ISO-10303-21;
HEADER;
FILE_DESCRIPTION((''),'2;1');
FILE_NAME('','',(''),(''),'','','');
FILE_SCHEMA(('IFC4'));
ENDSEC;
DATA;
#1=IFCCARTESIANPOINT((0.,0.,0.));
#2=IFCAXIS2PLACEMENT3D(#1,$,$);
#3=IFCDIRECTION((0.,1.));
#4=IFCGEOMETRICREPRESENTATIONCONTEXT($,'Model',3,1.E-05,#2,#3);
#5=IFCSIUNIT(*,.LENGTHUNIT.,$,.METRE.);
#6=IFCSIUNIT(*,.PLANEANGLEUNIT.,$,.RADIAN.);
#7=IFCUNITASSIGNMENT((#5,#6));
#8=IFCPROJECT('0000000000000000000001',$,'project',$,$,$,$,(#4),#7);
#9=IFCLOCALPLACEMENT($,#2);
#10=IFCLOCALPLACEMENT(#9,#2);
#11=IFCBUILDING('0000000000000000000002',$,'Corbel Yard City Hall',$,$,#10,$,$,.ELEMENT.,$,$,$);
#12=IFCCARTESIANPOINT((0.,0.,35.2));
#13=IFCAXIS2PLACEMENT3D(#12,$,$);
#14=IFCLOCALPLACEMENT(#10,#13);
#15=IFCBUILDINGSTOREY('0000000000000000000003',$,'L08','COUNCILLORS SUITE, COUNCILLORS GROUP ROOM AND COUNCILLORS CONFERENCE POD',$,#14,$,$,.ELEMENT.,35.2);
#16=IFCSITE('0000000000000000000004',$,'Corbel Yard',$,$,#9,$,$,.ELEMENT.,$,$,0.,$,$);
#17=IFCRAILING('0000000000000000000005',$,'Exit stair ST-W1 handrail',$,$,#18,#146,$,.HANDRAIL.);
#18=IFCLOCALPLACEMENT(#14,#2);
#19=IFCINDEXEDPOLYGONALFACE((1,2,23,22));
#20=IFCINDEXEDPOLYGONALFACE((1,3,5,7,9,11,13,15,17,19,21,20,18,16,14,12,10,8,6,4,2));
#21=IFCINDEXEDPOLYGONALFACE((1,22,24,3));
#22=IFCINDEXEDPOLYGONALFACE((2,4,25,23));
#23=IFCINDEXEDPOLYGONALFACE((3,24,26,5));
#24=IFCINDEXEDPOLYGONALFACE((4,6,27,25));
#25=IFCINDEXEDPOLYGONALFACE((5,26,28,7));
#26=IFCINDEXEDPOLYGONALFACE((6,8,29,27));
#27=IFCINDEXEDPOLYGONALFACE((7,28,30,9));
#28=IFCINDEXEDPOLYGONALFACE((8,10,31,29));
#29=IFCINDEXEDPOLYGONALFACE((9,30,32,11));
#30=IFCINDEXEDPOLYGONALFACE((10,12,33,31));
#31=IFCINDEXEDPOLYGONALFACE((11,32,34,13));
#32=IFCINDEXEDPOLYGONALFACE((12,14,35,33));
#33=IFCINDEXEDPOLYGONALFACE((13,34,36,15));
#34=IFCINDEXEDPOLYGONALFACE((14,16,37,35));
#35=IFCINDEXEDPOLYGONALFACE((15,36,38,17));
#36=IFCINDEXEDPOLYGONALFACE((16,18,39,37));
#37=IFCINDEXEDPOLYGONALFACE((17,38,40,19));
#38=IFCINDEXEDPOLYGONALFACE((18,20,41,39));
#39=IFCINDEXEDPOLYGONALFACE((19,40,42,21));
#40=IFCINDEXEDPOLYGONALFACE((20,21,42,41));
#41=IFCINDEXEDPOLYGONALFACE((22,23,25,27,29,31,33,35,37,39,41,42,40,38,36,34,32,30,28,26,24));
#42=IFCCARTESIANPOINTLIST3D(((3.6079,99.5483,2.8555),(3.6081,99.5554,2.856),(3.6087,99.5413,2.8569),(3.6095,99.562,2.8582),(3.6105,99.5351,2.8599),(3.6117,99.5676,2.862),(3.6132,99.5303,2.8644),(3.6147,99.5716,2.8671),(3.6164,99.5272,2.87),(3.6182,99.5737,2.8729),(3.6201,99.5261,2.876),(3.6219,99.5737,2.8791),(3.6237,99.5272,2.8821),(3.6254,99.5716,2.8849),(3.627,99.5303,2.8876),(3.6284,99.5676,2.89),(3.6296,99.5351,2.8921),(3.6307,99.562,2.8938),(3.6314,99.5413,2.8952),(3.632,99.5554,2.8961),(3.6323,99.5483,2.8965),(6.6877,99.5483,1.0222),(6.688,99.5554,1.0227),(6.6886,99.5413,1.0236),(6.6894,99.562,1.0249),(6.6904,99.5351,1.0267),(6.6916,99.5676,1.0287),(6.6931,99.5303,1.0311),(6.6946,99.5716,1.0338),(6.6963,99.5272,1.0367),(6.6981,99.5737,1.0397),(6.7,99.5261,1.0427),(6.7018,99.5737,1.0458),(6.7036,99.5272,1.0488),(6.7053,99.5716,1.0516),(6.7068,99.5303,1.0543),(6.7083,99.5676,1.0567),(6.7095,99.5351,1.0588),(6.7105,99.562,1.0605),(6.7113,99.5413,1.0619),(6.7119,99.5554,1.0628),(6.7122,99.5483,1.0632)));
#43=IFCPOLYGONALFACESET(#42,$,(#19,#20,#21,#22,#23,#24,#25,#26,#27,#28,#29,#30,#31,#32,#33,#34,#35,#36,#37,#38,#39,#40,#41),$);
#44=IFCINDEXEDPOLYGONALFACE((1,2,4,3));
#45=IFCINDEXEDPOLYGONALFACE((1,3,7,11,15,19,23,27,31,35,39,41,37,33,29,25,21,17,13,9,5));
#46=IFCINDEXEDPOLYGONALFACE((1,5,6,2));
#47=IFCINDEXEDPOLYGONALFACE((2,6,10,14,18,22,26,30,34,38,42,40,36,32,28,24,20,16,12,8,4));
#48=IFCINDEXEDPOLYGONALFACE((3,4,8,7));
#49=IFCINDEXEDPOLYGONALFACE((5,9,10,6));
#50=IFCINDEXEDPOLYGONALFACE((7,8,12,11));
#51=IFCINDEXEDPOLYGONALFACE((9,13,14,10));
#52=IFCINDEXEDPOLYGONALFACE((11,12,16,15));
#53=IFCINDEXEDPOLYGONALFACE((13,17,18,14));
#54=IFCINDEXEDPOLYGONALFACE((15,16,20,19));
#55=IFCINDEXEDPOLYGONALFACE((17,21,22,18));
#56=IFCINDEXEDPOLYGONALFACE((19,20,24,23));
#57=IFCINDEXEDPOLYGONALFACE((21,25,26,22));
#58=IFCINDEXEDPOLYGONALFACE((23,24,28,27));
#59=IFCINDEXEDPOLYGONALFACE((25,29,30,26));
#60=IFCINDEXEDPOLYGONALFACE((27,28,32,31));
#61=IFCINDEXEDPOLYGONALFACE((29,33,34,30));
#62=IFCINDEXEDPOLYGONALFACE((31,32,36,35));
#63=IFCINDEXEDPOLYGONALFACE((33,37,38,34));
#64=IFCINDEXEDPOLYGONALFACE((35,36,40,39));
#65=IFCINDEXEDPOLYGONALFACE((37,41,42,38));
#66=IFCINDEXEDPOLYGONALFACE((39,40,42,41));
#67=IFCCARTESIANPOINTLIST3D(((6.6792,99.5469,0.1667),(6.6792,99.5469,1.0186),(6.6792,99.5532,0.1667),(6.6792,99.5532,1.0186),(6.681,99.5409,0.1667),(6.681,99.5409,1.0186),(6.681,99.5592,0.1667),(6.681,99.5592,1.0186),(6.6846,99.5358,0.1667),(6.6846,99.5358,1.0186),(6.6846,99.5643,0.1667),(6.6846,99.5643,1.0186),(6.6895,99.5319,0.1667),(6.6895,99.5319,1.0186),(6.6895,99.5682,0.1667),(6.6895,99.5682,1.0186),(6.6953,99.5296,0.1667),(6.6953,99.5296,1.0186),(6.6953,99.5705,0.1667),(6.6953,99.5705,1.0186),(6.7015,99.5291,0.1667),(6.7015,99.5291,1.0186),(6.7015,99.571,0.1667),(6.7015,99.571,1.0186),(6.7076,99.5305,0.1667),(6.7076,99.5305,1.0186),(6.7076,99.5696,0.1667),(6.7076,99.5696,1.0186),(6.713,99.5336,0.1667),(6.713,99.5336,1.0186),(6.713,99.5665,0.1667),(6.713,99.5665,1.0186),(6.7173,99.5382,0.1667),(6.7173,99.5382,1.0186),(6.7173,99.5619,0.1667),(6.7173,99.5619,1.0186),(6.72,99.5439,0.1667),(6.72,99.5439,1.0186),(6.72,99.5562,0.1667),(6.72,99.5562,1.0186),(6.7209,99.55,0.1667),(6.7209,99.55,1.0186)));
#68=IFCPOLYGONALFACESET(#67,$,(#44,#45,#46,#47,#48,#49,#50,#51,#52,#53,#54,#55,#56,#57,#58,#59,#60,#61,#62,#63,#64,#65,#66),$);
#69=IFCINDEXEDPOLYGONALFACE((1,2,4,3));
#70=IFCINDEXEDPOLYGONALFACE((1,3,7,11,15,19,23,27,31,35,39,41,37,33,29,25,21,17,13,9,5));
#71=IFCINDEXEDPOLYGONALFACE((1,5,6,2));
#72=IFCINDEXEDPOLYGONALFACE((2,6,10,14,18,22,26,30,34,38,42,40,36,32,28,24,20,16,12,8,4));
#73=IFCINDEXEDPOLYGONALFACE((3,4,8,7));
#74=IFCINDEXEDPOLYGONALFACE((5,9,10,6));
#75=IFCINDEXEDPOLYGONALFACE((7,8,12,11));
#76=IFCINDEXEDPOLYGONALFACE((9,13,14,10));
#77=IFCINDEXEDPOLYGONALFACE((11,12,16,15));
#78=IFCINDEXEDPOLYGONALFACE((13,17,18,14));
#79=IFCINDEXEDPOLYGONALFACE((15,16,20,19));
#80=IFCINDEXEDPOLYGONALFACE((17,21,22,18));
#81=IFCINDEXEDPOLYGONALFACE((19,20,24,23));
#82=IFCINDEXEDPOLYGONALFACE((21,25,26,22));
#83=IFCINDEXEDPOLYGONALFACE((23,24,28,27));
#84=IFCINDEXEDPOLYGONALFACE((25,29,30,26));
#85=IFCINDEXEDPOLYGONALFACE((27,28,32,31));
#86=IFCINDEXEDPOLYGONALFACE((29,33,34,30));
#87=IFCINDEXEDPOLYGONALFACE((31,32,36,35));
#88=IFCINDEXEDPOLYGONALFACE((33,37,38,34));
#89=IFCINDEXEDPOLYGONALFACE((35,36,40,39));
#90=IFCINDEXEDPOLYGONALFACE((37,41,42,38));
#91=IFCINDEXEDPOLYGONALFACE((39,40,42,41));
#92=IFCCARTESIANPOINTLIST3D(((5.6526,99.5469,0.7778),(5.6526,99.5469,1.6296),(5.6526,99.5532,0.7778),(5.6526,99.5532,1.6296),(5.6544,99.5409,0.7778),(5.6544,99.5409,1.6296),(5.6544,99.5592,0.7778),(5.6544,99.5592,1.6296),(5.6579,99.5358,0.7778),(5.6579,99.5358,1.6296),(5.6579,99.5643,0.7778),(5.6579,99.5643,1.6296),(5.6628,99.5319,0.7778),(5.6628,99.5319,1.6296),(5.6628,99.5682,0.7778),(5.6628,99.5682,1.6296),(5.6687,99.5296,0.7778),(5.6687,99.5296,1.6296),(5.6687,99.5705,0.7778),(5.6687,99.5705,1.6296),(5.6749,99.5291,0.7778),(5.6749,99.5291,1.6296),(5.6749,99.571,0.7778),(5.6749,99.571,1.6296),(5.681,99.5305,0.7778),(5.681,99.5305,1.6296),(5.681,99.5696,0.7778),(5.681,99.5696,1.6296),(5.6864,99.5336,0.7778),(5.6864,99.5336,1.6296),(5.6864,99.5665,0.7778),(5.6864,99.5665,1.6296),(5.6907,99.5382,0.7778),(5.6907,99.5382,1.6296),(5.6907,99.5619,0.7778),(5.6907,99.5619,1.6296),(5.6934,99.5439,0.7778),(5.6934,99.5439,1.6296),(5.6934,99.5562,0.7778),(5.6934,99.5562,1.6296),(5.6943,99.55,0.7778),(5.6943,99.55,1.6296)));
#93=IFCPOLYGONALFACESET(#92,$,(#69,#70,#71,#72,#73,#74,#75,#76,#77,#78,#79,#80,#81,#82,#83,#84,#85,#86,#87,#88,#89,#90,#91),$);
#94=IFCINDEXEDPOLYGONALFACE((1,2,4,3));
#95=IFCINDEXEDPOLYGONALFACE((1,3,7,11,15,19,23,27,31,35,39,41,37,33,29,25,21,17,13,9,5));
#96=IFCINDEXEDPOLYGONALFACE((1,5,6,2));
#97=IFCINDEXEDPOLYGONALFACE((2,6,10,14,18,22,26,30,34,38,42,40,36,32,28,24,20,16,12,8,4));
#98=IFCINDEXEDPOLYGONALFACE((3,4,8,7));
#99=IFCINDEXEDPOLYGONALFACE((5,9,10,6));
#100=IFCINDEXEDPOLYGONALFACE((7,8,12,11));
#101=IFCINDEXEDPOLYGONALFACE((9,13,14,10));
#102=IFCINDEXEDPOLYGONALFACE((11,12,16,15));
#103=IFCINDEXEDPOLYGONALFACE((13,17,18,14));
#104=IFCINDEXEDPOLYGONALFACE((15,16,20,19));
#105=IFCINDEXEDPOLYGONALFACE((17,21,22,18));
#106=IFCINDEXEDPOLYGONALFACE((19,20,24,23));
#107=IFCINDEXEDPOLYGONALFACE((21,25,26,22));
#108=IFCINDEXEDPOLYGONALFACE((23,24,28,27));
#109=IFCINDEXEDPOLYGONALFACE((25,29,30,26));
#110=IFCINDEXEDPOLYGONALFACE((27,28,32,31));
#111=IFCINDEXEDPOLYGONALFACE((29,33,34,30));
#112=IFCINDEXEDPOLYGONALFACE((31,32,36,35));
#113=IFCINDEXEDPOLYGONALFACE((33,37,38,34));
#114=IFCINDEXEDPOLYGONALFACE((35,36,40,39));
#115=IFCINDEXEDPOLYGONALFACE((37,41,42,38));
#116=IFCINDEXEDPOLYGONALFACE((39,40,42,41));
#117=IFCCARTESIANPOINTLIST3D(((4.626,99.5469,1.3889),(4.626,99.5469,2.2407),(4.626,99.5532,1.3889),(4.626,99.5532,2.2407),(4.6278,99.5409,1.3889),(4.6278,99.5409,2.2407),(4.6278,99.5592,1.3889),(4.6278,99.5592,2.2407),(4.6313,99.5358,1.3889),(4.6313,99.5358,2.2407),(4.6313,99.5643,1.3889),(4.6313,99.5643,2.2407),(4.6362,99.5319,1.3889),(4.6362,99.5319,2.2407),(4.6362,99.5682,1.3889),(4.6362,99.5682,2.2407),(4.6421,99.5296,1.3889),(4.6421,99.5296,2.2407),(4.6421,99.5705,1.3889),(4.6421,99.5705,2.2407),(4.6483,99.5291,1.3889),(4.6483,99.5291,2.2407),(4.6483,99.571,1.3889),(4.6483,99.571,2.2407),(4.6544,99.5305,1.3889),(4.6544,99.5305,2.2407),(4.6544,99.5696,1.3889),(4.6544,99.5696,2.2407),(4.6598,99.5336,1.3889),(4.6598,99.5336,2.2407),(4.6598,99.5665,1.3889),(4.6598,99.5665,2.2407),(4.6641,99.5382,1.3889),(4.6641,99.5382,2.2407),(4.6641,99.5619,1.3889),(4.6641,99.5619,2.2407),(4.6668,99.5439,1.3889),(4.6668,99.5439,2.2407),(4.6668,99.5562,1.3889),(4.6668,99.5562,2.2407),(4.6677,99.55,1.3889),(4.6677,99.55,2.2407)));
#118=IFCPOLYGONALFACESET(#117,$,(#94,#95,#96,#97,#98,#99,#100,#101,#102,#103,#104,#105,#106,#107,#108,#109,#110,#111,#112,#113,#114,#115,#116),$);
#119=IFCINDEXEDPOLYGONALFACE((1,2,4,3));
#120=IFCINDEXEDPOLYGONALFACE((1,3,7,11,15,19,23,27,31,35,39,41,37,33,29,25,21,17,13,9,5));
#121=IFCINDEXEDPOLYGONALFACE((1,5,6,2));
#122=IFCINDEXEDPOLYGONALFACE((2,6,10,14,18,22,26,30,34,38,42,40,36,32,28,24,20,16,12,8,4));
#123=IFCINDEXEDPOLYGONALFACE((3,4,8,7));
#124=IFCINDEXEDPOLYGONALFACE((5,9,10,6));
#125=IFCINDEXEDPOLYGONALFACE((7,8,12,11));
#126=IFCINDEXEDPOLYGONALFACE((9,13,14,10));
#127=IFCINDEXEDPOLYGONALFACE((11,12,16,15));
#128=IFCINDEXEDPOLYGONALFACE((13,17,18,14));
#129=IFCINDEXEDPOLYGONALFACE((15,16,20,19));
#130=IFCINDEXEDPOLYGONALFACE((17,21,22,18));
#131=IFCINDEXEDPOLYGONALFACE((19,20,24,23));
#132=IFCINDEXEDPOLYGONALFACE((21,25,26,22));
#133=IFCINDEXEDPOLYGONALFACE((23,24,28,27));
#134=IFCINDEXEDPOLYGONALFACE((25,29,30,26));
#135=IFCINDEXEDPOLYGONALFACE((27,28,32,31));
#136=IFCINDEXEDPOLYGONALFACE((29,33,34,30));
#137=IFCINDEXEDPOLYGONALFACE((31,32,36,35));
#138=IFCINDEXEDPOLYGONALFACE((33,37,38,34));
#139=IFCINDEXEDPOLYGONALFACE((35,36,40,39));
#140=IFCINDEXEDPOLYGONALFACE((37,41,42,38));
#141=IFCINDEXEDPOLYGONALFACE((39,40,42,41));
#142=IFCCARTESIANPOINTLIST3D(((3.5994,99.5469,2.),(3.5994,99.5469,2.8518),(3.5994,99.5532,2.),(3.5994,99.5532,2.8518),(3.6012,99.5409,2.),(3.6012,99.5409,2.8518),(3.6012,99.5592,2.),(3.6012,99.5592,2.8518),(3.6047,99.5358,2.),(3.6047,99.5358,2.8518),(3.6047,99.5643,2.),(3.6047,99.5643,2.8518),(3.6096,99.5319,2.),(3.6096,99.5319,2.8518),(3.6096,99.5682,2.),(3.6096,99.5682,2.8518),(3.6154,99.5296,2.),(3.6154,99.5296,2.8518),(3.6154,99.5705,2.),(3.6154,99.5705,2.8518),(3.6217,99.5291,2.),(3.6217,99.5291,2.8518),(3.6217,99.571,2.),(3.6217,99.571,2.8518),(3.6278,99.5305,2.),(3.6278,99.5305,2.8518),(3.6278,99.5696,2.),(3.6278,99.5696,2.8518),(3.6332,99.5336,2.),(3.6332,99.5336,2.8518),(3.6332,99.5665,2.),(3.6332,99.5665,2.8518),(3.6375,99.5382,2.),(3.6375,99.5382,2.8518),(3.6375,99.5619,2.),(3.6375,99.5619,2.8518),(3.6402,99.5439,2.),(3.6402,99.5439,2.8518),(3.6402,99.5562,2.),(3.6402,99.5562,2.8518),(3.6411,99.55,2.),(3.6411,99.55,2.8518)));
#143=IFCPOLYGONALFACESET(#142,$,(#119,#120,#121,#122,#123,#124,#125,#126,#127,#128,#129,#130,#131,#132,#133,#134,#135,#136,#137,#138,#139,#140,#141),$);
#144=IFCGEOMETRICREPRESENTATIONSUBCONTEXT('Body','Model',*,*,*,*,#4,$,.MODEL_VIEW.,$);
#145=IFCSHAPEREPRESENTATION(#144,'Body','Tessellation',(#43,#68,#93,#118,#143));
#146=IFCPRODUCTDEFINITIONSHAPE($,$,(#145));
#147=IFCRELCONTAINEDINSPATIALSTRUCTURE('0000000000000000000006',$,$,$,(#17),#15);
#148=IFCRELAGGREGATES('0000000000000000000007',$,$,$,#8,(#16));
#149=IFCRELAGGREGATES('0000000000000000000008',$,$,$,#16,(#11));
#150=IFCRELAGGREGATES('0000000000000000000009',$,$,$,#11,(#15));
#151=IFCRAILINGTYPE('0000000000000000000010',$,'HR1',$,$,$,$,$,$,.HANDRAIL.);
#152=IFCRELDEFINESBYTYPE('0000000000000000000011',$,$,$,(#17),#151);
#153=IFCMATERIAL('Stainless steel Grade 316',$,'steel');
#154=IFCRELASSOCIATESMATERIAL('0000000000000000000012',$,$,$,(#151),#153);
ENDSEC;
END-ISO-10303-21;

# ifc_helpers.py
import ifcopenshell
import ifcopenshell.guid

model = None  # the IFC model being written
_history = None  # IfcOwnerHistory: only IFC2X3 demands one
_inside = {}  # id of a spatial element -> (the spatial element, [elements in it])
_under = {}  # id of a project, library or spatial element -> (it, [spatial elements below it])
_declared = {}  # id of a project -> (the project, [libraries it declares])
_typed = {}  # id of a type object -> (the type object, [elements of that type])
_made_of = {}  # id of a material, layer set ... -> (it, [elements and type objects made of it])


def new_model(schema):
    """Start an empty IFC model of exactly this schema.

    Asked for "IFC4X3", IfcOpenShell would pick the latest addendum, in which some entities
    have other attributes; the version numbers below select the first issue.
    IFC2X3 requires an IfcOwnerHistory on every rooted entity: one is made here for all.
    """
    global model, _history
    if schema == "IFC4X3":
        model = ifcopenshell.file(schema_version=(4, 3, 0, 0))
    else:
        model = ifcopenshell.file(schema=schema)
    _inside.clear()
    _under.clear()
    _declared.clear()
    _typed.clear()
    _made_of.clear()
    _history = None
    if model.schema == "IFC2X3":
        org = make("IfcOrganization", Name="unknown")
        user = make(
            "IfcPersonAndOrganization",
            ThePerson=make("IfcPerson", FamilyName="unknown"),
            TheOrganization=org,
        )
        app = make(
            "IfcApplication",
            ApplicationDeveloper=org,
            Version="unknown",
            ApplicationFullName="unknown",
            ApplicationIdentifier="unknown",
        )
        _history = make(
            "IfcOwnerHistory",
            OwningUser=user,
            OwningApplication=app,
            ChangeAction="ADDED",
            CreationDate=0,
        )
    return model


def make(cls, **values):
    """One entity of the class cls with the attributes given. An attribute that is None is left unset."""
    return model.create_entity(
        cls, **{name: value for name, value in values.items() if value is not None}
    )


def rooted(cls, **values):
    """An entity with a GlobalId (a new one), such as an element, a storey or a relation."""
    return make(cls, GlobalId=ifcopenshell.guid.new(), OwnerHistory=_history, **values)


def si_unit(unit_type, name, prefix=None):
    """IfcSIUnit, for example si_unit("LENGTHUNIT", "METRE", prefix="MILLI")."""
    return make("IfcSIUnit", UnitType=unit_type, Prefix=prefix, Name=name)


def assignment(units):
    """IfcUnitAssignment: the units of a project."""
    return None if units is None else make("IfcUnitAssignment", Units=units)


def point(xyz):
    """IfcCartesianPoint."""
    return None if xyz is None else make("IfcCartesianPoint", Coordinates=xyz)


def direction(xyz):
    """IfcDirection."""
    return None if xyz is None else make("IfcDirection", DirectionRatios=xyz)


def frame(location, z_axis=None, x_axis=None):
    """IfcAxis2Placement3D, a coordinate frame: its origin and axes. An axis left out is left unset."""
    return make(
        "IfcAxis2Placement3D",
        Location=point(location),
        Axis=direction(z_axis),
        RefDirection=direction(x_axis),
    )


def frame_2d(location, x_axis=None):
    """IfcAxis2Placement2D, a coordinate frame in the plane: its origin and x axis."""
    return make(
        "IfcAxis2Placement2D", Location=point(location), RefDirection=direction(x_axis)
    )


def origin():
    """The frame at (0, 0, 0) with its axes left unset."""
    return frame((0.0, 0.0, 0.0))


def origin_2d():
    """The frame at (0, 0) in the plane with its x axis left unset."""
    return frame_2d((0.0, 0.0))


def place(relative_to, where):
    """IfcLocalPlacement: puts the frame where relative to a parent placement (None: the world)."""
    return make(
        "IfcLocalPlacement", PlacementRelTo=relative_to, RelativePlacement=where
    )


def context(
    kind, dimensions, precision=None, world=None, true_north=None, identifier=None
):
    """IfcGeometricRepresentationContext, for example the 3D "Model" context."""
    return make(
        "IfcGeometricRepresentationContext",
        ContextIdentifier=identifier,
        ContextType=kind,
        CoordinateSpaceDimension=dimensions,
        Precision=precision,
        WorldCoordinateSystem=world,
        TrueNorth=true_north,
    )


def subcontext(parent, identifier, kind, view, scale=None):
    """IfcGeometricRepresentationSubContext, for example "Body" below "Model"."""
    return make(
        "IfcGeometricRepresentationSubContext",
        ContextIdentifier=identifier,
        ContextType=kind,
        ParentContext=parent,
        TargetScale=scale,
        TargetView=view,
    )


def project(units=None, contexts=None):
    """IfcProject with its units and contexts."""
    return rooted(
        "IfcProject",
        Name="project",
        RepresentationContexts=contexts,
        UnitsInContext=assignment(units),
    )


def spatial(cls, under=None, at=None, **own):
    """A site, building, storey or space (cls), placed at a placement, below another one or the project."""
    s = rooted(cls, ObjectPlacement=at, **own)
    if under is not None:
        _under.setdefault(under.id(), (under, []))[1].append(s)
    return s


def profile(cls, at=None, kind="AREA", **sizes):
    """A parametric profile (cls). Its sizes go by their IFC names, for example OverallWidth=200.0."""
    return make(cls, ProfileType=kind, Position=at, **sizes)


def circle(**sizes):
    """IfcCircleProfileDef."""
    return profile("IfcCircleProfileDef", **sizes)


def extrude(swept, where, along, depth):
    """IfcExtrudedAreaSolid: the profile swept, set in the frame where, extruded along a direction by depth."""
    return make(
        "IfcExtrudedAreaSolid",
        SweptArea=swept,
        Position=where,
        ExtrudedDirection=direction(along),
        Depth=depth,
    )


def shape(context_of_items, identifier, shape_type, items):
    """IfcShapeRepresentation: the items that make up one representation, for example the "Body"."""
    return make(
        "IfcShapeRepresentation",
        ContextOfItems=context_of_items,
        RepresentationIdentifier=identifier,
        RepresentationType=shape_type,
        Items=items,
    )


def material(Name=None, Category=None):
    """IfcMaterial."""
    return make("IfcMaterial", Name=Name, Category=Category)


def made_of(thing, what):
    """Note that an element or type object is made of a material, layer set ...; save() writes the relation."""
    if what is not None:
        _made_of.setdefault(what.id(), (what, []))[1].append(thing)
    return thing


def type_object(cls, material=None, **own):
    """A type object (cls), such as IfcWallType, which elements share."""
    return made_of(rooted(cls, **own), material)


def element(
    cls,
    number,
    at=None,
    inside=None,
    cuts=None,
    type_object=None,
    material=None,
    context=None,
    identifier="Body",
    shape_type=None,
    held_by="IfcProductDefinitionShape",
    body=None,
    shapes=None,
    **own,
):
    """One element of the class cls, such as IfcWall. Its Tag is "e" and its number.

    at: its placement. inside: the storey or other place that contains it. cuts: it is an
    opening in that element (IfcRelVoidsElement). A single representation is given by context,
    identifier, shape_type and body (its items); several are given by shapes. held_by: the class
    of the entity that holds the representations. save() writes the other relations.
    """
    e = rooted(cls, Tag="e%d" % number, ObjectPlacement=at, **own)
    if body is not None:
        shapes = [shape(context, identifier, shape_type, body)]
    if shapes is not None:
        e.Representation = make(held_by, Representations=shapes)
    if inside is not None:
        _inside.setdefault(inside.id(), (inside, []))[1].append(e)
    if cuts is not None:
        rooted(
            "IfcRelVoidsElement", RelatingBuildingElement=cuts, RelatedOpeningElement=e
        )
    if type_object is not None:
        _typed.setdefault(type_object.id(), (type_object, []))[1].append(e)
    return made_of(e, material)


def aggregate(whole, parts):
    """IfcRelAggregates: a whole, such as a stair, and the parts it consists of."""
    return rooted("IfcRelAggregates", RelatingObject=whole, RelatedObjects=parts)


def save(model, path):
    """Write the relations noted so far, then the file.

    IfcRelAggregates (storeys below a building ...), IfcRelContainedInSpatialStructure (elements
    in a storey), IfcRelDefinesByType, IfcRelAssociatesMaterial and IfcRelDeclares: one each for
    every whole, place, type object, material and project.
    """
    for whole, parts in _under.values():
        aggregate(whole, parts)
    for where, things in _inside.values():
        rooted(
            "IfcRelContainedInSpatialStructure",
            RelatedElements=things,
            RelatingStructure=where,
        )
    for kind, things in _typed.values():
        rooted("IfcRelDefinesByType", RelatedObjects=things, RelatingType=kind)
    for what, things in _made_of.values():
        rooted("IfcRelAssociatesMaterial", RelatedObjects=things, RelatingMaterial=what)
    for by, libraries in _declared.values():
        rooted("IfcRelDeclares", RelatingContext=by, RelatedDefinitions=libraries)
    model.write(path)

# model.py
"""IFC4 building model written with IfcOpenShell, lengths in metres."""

from ifc_helpers import new_model, si_unit, direction, frame, origin, origin_2d, place, context, subcontext, project, spatial, circle, extrude, material, type_object, element, save


model = new_model("IFC4")

# Units and contexts
model_context = context("Model", 3, precision=1e-05, world=origin(), true_north=direction((0.0, 1.0)))
body_context = subcontext(model_context, "Body", "Model", "MODEL_VIEW")
ifc_project = project(units=[si_unit("LENGTHUNIT", "METRE"), si_unit("PLANEANGLEUNIT", "RADIAN")], contexts=[model_context])

# Site, building, storey
site_placement = place(None, origin())
site = spatial("IfcSite", under=ifc_project, at=site_placement, Name="Corbel Yard", CompositionType="ELEMENT", RefElevation=0.0)
building_placement = place(site_placement, origin())
building = spatial("IfcBuilding", under=site, at=building_placement, Name="Corbel Yard City Hall", CompositionType="ELEMENT")
storey_placement = place(building_placement, frame((0.0, 0.0, 35.2)))
storey = spatial("IfcBuildingStorey", under=building, at=storey_placement, Name="L08", Description="COUNCILLORS SUITE, COUNCILLORS GROUP ROOM AND COUNCILLORS CONFERENCE POD", CompositionType="ELEMENT", Elevation=35.2)

# Shared definitions
ifc_material_1 = material(Name="Stainless steel Grade 316", Category="steel")

# Railing
railing_type = type_object("IfcRailingType", Name="HR1", PredefinedType="HANDRAIL", material=ifc_material_1)
for number, where, name in (
    (1, (6.7, 99.55, 0.1667), "Exit stair ST-W1 handrail"),
):
    element("IfcRailing", number, at=place(storey_placement, frame(where)), inside=storey, type_object=railing_type, Name=name, PredefinedType="HANDRAIL", context=body_context, shape_type="SweptSolid", body=[
        extrude(circle(Radius=0.0239, at=origin_2d()), frame((0.0, 0.0, 0.876), z_axis=(-0.859291, 0.0, 0.511487), x_axis=(0.0, -1.0, 0.0)), (0.0, 0.0, 1.0), 3.5842),
        extrude(circle(Radius=0.021, at=origin_2d()), origin(), (0.0, 0.0, 1.0), 0.8518),
        extrude(circle(Radius=0.021, at=origin_2d()), frame((-1.0266, 0.0, 0.6111)), (0.0, 0.0, 1.0), 0.8518),
        extrude(circle(Radius=0.021, at=origin_2d()), frame((-2.0532, 0.0, 1.2222)), (0.0, 0.0, 1.0), 0.8518),
        extrude(circle(Radius=0.021, at=origin_2d()), frame((-3.0798, 0.0, 1.8333)), (0.0, 0.0, 1.0), 0.8518),
    ])

save(model, "model.ifc")
